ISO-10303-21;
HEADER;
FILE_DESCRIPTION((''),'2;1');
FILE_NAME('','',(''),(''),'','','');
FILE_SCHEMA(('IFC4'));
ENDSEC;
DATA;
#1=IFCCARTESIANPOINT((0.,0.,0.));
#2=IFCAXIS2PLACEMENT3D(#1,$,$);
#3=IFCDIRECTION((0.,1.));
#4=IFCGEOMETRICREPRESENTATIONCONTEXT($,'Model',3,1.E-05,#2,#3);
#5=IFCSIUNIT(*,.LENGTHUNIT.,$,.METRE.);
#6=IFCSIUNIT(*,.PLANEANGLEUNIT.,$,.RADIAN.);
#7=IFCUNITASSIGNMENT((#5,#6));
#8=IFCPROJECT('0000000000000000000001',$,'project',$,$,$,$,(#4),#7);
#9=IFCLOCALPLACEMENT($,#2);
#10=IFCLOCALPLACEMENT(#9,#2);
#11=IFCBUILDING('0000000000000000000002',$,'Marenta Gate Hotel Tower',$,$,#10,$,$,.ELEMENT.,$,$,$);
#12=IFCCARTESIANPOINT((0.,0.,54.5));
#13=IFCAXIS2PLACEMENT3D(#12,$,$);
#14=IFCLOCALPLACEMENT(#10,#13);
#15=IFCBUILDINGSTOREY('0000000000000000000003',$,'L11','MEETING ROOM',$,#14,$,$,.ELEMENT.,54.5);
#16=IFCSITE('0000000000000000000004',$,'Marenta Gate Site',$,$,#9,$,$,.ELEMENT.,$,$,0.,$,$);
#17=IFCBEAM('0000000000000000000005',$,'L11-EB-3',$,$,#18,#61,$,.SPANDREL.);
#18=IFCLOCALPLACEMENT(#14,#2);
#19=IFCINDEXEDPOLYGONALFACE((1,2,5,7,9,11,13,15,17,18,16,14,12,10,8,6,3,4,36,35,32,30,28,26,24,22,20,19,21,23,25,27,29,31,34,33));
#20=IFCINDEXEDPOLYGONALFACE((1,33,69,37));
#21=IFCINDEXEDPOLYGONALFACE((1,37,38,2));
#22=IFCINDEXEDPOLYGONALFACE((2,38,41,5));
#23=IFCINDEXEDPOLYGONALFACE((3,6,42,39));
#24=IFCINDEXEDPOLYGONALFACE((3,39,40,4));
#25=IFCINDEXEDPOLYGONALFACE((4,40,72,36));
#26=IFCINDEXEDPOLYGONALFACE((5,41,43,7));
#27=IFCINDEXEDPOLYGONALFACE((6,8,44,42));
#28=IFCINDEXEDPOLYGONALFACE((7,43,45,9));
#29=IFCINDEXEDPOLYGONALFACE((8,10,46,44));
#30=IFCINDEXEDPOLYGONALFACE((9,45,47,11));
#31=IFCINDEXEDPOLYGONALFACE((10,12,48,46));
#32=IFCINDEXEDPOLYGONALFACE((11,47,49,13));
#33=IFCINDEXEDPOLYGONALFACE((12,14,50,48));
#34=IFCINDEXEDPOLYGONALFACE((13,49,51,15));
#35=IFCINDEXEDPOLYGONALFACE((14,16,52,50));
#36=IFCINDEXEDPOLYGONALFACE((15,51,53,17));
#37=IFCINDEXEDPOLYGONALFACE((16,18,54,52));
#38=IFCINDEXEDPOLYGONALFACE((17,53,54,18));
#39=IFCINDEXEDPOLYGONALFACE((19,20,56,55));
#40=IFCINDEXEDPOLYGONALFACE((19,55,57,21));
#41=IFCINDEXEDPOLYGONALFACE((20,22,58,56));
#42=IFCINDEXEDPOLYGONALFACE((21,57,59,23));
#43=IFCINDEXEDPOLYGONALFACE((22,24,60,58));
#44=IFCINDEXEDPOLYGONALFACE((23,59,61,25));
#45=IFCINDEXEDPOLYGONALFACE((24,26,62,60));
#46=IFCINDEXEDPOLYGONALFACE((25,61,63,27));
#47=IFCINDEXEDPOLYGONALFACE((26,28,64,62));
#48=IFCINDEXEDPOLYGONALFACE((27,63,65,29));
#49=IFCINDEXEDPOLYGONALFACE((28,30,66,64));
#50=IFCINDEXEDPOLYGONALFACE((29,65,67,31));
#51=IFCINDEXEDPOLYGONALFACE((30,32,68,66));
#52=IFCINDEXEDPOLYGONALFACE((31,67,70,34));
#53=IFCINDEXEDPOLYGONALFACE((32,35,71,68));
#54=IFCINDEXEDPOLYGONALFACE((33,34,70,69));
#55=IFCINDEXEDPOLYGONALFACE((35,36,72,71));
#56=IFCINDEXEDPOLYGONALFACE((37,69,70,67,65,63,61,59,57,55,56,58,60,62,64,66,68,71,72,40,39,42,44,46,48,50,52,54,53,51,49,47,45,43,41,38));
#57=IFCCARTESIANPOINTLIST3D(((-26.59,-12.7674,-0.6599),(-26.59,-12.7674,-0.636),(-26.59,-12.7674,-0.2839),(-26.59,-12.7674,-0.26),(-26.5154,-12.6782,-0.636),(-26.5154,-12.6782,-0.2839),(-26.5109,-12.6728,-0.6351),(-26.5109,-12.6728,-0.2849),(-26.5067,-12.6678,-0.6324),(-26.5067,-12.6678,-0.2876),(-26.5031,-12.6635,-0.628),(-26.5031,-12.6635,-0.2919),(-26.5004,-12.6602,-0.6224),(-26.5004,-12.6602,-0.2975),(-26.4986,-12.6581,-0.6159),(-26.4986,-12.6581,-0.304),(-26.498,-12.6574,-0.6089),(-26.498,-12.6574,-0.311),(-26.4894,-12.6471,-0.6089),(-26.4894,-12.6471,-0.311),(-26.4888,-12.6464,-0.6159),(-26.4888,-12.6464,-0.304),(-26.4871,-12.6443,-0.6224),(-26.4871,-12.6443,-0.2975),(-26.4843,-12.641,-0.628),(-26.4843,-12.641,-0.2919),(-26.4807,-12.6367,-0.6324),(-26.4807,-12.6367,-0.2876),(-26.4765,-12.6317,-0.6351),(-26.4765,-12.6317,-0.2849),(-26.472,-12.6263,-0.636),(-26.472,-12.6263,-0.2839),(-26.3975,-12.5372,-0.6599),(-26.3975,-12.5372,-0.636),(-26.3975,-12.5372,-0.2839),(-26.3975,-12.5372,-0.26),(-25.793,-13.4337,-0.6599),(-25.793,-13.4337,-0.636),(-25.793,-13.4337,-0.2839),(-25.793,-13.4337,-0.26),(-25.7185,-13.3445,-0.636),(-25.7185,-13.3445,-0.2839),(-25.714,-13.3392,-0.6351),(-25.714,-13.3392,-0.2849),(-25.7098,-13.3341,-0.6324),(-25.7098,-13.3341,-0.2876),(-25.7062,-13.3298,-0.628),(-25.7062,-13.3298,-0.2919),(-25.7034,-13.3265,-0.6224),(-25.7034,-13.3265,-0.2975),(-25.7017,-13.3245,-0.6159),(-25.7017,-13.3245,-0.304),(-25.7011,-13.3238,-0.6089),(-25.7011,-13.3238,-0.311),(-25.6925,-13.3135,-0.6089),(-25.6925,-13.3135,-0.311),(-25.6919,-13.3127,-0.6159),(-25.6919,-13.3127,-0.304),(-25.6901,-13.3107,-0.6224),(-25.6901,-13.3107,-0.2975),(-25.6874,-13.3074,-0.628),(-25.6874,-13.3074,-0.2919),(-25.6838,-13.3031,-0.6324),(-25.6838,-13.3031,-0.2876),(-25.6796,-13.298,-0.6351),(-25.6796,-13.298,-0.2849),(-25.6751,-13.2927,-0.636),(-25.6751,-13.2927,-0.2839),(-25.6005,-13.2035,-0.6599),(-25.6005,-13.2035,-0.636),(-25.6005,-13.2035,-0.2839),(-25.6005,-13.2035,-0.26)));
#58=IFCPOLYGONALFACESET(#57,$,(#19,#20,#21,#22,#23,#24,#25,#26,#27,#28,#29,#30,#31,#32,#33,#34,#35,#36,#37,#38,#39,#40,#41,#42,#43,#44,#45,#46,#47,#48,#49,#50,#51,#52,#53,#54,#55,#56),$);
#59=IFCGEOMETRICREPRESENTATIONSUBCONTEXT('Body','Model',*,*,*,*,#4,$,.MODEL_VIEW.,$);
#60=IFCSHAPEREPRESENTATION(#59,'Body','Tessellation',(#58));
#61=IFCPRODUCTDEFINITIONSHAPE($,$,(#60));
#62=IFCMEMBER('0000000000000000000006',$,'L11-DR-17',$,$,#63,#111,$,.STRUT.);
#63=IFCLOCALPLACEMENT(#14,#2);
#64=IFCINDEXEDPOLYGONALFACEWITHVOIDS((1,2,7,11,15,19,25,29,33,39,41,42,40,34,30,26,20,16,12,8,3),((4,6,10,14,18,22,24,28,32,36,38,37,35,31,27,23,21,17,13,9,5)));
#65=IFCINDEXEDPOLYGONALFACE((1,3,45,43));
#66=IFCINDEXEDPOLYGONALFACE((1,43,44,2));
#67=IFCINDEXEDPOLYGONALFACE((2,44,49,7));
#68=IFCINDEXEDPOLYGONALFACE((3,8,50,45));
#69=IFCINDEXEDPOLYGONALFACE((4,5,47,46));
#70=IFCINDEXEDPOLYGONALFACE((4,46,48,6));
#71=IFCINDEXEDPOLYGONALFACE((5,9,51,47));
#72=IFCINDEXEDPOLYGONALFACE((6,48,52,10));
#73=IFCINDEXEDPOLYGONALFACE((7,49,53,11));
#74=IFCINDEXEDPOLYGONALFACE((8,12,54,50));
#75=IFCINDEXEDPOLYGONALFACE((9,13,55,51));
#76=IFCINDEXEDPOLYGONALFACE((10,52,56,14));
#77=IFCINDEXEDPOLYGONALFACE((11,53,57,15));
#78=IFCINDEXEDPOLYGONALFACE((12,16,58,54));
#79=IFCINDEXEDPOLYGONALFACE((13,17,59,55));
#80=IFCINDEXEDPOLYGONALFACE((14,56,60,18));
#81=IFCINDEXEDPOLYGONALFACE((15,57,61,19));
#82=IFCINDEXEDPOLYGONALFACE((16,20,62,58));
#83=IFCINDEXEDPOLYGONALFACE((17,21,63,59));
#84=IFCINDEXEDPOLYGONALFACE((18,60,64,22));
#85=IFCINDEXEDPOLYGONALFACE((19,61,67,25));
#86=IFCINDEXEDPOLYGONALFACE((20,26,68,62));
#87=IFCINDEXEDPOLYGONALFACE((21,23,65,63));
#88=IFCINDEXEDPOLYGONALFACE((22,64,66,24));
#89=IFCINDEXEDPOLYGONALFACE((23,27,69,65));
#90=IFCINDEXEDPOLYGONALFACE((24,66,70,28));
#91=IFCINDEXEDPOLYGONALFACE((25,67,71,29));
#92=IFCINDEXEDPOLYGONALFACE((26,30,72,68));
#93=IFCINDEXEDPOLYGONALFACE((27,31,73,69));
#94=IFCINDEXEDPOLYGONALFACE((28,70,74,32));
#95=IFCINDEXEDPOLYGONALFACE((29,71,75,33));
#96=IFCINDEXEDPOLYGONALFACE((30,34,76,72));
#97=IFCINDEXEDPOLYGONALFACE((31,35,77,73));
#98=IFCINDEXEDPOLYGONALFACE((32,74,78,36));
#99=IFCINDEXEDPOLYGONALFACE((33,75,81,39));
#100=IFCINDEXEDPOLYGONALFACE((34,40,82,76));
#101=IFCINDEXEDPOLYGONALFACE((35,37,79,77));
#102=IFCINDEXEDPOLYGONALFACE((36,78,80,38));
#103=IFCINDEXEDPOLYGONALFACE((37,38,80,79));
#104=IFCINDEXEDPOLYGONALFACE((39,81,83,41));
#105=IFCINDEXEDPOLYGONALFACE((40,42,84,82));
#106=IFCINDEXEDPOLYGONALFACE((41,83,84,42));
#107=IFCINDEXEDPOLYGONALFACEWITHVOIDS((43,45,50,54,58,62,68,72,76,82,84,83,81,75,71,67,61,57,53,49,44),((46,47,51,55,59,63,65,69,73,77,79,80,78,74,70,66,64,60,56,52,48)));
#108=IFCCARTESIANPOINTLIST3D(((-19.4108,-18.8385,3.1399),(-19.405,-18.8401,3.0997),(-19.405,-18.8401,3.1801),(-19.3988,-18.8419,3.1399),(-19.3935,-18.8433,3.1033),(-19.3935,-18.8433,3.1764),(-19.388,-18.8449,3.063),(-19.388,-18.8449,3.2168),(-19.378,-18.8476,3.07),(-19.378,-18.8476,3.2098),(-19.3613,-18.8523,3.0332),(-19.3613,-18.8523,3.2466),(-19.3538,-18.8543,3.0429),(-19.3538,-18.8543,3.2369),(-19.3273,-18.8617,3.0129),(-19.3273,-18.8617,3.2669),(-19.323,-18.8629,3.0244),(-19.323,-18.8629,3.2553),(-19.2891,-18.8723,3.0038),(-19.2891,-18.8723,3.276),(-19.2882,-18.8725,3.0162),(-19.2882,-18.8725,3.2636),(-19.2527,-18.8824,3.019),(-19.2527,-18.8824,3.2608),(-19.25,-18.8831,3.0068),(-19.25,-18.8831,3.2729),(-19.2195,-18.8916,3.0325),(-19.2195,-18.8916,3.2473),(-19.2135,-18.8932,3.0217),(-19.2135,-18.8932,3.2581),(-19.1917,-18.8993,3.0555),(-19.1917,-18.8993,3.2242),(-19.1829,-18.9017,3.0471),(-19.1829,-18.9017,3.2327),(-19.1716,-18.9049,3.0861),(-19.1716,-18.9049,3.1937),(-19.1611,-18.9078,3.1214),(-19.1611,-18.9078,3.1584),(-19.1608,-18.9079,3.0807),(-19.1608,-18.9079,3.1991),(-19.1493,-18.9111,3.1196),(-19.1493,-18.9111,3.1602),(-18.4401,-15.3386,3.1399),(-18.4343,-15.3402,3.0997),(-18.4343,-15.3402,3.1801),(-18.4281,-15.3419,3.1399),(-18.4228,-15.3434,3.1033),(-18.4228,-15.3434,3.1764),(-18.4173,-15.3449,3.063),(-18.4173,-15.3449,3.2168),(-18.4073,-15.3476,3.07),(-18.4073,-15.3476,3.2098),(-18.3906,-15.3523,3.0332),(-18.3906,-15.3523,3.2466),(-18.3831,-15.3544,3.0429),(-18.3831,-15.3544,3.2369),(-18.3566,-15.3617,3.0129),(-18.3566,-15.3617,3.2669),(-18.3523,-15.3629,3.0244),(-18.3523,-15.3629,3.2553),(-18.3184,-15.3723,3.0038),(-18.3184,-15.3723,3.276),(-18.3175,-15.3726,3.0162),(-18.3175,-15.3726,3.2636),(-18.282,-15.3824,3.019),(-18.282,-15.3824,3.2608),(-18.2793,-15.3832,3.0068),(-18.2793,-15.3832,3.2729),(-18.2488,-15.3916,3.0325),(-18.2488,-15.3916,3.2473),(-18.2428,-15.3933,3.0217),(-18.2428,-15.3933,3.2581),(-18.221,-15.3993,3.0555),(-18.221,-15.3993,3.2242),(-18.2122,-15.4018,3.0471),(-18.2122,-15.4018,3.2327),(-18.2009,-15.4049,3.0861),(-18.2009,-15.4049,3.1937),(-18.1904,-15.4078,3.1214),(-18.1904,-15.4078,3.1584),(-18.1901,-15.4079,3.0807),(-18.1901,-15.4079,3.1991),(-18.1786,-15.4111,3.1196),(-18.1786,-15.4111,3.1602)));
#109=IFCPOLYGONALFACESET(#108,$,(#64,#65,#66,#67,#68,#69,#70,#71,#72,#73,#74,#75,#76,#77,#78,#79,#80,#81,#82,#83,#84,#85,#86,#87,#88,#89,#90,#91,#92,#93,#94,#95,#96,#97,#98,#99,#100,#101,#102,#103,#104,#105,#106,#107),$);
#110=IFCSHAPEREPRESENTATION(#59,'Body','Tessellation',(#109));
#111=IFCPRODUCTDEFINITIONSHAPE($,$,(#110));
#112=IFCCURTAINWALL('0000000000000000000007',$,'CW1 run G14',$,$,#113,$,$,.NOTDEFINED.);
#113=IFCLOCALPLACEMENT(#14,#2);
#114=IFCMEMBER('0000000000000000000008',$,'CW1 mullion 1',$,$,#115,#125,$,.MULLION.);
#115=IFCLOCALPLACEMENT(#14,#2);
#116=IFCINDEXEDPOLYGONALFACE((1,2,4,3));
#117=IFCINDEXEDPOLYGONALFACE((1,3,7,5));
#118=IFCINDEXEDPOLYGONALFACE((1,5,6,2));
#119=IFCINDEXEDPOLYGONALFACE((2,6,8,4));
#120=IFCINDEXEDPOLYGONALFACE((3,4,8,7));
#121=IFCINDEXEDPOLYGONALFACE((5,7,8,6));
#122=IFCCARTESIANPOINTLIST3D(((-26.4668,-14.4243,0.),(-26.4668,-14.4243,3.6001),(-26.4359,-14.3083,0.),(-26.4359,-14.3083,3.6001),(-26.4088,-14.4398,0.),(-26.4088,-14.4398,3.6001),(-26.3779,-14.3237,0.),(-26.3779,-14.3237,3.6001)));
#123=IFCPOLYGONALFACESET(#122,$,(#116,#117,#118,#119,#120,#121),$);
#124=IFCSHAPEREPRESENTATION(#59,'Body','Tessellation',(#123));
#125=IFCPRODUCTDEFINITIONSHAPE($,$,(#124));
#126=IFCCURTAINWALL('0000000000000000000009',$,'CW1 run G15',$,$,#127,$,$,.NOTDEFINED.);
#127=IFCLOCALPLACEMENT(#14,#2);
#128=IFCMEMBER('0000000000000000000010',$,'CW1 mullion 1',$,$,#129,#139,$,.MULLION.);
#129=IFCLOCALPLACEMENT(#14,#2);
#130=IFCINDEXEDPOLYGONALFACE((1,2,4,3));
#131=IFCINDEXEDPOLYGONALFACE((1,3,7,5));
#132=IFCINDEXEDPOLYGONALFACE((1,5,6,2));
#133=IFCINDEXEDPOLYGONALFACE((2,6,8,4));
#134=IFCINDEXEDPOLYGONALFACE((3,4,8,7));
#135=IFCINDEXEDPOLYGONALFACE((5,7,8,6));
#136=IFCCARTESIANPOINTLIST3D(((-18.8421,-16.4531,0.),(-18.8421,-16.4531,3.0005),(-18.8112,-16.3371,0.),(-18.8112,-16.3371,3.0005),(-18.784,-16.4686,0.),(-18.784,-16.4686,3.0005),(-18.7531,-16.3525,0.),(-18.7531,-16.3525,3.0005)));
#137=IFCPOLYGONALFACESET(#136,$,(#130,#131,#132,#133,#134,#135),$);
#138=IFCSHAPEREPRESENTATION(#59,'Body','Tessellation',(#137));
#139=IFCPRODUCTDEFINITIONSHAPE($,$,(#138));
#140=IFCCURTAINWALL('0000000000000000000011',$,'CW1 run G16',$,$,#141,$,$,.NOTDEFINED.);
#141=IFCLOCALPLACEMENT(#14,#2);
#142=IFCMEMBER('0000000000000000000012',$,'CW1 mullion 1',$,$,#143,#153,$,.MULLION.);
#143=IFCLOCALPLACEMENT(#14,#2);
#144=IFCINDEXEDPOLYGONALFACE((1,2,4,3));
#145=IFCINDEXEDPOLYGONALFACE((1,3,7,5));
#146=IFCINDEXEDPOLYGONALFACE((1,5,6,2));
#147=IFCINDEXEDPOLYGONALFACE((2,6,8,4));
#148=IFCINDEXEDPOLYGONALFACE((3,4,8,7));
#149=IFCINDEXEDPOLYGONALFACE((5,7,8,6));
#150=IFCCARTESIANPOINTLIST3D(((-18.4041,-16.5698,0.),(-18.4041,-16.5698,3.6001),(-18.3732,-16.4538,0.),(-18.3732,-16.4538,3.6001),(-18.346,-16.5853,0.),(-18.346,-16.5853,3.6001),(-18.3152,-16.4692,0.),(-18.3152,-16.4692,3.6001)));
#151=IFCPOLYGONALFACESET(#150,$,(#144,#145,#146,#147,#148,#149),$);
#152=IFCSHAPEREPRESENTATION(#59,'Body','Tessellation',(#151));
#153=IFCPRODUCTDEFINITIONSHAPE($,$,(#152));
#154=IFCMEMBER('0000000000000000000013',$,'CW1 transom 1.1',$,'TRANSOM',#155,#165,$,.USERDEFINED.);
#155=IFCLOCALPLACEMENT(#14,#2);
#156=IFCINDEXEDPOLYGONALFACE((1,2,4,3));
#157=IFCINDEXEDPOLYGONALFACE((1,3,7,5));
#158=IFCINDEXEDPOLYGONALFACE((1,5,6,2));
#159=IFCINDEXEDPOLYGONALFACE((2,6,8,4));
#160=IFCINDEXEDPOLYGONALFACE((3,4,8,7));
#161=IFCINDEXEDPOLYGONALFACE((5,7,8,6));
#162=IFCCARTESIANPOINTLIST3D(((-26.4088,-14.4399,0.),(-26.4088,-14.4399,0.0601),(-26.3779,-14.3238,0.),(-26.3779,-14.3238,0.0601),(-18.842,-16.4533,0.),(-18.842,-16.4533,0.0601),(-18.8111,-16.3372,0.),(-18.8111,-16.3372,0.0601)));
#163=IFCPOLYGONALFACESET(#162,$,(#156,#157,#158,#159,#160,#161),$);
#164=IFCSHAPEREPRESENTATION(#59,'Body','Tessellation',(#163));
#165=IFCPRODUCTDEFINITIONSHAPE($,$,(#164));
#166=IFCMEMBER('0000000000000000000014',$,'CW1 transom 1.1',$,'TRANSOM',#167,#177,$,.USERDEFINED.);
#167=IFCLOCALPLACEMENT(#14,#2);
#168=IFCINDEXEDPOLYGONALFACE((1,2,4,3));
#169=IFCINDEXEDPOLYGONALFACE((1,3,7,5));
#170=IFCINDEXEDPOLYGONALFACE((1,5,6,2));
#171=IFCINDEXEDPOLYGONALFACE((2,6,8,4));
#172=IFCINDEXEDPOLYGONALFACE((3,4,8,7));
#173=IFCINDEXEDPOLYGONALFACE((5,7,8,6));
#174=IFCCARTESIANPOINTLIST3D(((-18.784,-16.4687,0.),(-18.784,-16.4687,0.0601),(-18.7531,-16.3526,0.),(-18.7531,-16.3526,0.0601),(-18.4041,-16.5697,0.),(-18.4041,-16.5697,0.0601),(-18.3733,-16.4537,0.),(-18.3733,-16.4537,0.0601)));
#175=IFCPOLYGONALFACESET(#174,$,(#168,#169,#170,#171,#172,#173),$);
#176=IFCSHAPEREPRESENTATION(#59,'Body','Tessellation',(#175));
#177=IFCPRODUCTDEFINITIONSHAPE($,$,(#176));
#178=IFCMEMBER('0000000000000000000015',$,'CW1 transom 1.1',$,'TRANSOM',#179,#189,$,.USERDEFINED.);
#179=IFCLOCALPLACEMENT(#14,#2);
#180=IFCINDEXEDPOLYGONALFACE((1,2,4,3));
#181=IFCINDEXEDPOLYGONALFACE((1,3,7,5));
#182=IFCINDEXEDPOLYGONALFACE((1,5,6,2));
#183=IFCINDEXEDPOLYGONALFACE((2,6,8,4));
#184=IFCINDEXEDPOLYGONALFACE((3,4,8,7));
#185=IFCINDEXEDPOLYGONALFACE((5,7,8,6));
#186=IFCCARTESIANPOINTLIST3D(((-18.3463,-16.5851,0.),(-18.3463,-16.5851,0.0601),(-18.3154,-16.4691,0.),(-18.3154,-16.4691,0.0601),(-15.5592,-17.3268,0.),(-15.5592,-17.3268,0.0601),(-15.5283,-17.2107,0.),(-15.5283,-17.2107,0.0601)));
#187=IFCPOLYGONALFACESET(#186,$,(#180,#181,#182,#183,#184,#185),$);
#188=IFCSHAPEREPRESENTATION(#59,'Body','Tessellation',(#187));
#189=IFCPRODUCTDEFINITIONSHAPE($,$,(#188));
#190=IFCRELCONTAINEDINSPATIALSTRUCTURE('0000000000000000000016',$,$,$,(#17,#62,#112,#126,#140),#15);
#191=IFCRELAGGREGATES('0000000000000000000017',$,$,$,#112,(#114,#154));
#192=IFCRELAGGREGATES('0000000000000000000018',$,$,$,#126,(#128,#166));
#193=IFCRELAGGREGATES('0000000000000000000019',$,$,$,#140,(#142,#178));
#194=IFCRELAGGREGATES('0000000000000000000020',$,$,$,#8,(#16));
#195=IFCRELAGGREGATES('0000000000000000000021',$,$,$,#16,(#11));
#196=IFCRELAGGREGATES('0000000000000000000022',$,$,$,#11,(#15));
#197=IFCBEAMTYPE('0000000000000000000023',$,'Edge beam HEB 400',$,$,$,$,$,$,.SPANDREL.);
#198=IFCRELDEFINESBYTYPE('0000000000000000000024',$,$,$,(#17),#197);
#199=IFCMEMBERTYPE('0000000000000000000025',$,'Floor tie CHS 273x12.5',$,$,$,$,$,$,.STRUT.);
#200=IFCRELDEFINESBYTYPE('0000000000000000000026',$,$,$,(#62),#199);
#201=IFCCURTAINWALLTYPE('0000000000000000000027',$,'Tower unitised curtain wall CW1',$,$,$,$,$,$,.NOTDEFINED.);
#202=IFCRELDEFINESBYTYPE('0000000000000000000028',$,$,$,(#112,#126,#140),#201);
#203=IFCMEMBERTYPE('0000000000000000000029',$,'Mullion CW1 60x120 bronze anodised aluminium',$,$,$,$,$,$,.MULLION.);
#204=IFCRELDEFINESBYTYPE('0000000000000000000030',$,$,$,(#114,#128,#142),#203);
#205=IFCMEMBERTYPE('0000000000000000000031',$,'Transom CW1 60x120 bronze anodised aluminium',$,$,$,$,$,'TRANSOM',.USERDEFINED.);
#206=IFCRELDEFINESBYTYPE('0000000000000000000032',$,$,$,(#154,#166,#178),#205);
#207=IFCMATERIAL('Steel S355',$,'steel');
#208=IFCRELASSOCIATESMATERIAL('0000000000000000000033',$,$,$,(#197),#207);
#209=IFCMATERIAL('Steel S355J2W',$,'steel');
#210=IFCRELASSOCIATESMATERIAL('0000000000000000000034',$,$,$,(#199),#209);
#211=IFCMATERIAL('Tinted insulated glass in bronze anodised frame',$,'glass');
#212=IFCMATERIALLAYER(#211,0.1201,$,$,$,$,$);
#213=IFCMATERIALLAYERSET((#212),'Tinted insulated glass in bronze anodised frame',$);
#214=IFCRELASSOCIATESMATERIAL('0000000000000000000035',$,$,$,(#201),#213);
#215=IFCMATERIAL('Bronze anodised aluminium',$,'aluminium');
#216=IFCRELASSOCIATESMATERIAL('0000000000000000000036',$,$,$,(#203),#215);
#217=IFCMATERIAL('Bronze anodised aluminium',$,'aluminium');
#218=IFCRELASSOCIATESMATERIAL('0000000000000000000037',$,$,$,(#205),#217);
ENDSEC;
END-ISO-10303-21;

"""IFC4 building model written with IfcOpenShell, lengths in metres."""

from ifc_helpers import new_model, si_unit, direction, frame, origin, origin_2d, place, context, subcontext, project, spatial, rectangle, hollow_circle, i_section, extrude, material, layer, layer_set, material_profile, profile_set, type_object, element, aggregate, save


model = new_model("IFC4")

# Units and contexts
model_context = context("Model", 3, precision=1e-05, world=origin(), true_north=direction((0.0, 1.0)))
body_context = subcontext(model_context, "Body", "Model", "MODEL_VIEW")
ifc_project = project(units=[si_unit("LENGTHUNIT", "METRE"), si_unit("PLANEANGLEUNIT", "RADIAN")], contexts=[model_context])

# Site, building, storey
site_placement = place(None, origin())
site = spatial("IfcSite", under=ifc_project, at=site_placement, Name="Marenta Gate Site", CompositionType="ELEMENT", RefElevation=0.0)
building_placement = place(site_placement, origin())
building = spatial("IfcBuilding", under=site, at=building_placement, Name="Marenta Gate Hotel Tower", CompositionType="ELEMENT")
storey_placement = place(building_placement, frame((0.0, 0.0, 54.5)))
storey = spatial("IfcBuildingStorey", under=building, at=storey_placement, Name="L11", Description="MEETING ROOM", CompositionType="ELEMENT", Elevation=54.5)

# Beam
ifc_material_1 = material(Name="Steel S355", Category="steel")
ifc_material_profile_1 = material_profile(ifc_material_1, i_section(OverallWidth=0.3, OverallDepth=0.3999, WebThickness=0.0134, FlangeThickness=0.0239, FilletRadius=0.0271, at=origin_2d()), Name="HEB 400")
ifc_profile_set_1 = profile_set([ifc_material_profile_1], Name="Steel S355")
beam_type = type_object("IfcBeamType", Name="Edge beam HEB 400", PredefinedType="SPANDREL", material=ifc_profile_set_1)
beam_1_placement = place(storey_placement, frame((-25.6968, -13.3186, -0.46), z_axis=(-0.76718, 0.641432, 0.0), x_axis=(-0.641432, -0.76718, 0.0)))
element("IfcBeam", 1, at=beam_1_placement, inside=storey, type_object=beam_type, Name="L11-EB-3", PredefinedType="SPANDREL", context=body_context, shape_type="SweptSolid", body=[
    extrude(i_section(OverallWidth=0.3, OverallDepth=0.3999, WebThickness=0.0134, FlangeThickness=0.0239, FilletRadius=0.0271, at=origin_2d()), origin(), (0.0, 0.0, 1.0), 1.0388),
])

# Member
ifc_material_2 = material(Name="Steel S355J2W", Category="steel")
ifc_material_profile_2 = material_profile(ifc_material_2, hollow_circle(Radius=0.1365, WallThickness=0.0125, at=origin_2d()), Name="CHS 273x12.5")
ifc_profile_set_2 = profile_set([ifc_material_profile_2], Name="Steel S355J2W")
member_type_1 = type_object("IfcMemberType", Name="Floor tie CHS 273x12.5", PredefinedType="STRUT", material=ifc_profile_set_2)
member_1_placement = place(storey_placement, frame((-19.2793, -18.875, 3.1399), z_axis=(0.267256, 0.963626, 0.0), x_axis=(-0.963626, 0.267256, 0.0)))
element("IfcMember", 2, at=member_1_placement, inside=storey, type_object=member_type_1, Name="L11-DR-17", PredefinedType="STRUT", context=body_context, shape_type="SweptSolid", body=[
    extrude(hollow_circle(Radius=0.1365, WallThickness=0.0125, at=origin_2d()), origin(), (0.0, 0.0, 1.0), 3.6321),
])

# Curtain walls, members
ifc_material_3 = material(Name="Tinted insulated glass in bronze anodised frame", Category="glass")
ifc_layer_1 = layer(ifc_material_3, 0.1201)
ifc_layer_set_1 = layer_set([ifc_layer_1], Name="Tinted insulated glass in bronze anodised frame")
curtain_wall_type = type_object("IfcCurtainWallType", Name="Tower unitised curtain wall CW1", PredefinedType="NOTDEFINED", material=ifc_layer_set_1)
curtain_wall_1_placement = place(storey_placement, origin())
curtain_wall_1 = element("IfcCurtainWall", 3, at=curtain_wall_1_placement, inside=storey, type_object=curtain_wall_type, Name="CW1 run G14", PredefinedType="NOTDEFINED")
ifc_material_4 = material(Name="Bronze anodised aluminium", Category="aluminium")
ifc_material_profile_3 = material_profile(ifc_material_4, rectangle(XDim=0.1201, YDim=0.0601, at=origin_2d()), Name="Mullion CW1 60x120 bronze anodised aluminium")
ifc_profile_set_3 = profile_set([ifc_material_profile_3], Name="Bronze anodised aluminium")
member_type_2 = type_object("IfcMemberType", Name="Mullion CW1 60x120 bronze anodised aluminium", PredefinedType="MULLION", material=ifc_profile_set_3)
member_2_placement = place(storey_placement, frame((-26.4224, -14.374, 0.0), z_axis=(0.0, 0.0, 1.0), x_axis=(0.257144, 0.966373, 0.0)))
member_2 = element("IfcMember", 4, at=member_2_placement, type_object=member_type_2, Name="CW1 mullion 1", PredefinedType="MULLION", context=body_context, shape_type="SweptSolid", body=[
    extrude(rectangle(XDim=0.1201, YDim=0.0601, at=origin_2d()), origin(), (0.0, 0.0, 1.0), 3.6001),
])
curtain_wall_2_placement = place(storey_placement, origin())
curtain_wall_2 = element("IfcCurtainWall", 5, at=curtain_wall_2_placement, inside=storey, type_object=curtain_wall_type, Name="CW1 run G15", PredefinedType="NOTDEFINED")
member_3_placement = place(storey_placement, frame((-18.7976, -16.4028, 0.0), z_axis=(0.0, 0.0, 1.0), x_axis=(0.257154, 0.96637, 0.0)))
member_3 = element("IfcMember", 6, at=member_3_placement, type_object=member_type_2, Name="CW1 mullion 1", PredefinedType="MULLION", context=body_context, shape_type="SweptSolid", body=[
    extrude(rectangle(XDim=0.1201, YDim=0.0601, at=origin_2d()), origin(), (0.0, 0.0, 1.0), 3.0005),
])
curtain_wall_3_placement = place(storey_placement, origin())
curtain_wall_3 = element("IfcCurtainWall", 7, at=curtain_wall_3_placement, inside=storey, type_object=curtain_wall_type, Name="CW1 run G16", PredefinedType="NOTDEFINED")
member_4_placement = place(storey_placement, frame((-18.3596, -16.5195, 0.0), z_axis=(0.0, 0.0, 1.0), x_axis=(0.257134, 0.966376, 0.0)))
member_4 = element("IfcMember", 8, at=member_4_placement, type_object=member_type_2, Name="CW1 mullion 1", PredefinedType="MULLION", context=body_context, shape_type="SweptSolid", body=[
    extrude(rectangle(XDim=0.1201, YDim=0.0601, at=origin_2d()), origin(), (0.0, 0.0, 1.0), 3.6001),
])

# Members
ifc_material_5 = material(Name="Bronze anodised aluminium", Category="aluminium")
ifc_material_profile_4 = material_profile(ifc_material_5, rectangle(XDim=0.1201, YDim=0.0601, at=origin_2d()), Name="Transom CW1 60x120 bronze anodised aluminium")
ifc_profile_set_4 = profile_set([ifc_material_profile_4], Name="Bronze anodised aluminium")
member_type_3 = type_object("IfcMemberType", Name="Transom CW1 60x120 bronze anodised aluminium", ElementType="TRANSOM", PredefinedType="USERDEFINED", material=ifc_profile_set_4)
member_5_placement = place(storey_placement, frame((-26.3933, -14.3818, 0.03), z_axis=(0.966375, -0.257137, 0.0), x_axis=(0.257137, 0.966375, 0.0)))
member_5 = element("IfcMember", 9, at=member_5_placement, type_object=member_type_3, Name="CW1 transom 1.1", ObjectType="TRANSOM", PredefinedType="USERDEFINED", context=body_context, shape_type="SweptSolid", body=[
    extrude(rectangle(XDim=0.1201, YDim=0.0601, at=origin_2d()), origin(), (0.0, 0.0, 1.0), 7.8301),
])
member_6_placement = place(storey_placement, frame((-18.7686, -16.4106, 0.03), z_axis=(0.966379, -0.257121, 0.0), x_axis=(0.257121, 0.966379, 0.0)))
member_6 = element("IfcMember", 10, at=member_6_placement, type_object=member_type_3, Name="CW1 transom 1.1", ObjectType="TRANSOM", PredefinedType="USERDEFINED", context=body_context, shape_type="SweptSolid", body=[
    extrude(rectangle(XDim=0.1201, YDim=0.0601, at=origin_2d()), origin(), (0.0, 0.0, 1.0), 0.3931),
])
member_7_placement = place(storey_placement, frame((-18.3308, -16.5271, 0.03), z_axis=(0.966367, -0.257167, 0.0), x_axis=(0.257167, 0.966367, 0.0)))
member_7 = element("IfcMember", 11, at=member_7_placement, type_object=member_type_3, Name="CW1 transom 1.1", ObjectType="TRANSOM", PredefinedType="USERDEFINED", context=body_context, shape_type="SweptSolid", body=[
    extrude(rectangle(XDim=0.1201, YDim=0.0601, at=origin_2d()), origin(), (0.0, 0.0, 1.0), 2.884),
])

aggregate(curtain_wall_1, [member_2, member_5])
aggregate(curtain_wall_2, [member_3, member_6])
aggregate(curtain_wall_3, [member_4, member_7])

save(model, "model.ifc")
